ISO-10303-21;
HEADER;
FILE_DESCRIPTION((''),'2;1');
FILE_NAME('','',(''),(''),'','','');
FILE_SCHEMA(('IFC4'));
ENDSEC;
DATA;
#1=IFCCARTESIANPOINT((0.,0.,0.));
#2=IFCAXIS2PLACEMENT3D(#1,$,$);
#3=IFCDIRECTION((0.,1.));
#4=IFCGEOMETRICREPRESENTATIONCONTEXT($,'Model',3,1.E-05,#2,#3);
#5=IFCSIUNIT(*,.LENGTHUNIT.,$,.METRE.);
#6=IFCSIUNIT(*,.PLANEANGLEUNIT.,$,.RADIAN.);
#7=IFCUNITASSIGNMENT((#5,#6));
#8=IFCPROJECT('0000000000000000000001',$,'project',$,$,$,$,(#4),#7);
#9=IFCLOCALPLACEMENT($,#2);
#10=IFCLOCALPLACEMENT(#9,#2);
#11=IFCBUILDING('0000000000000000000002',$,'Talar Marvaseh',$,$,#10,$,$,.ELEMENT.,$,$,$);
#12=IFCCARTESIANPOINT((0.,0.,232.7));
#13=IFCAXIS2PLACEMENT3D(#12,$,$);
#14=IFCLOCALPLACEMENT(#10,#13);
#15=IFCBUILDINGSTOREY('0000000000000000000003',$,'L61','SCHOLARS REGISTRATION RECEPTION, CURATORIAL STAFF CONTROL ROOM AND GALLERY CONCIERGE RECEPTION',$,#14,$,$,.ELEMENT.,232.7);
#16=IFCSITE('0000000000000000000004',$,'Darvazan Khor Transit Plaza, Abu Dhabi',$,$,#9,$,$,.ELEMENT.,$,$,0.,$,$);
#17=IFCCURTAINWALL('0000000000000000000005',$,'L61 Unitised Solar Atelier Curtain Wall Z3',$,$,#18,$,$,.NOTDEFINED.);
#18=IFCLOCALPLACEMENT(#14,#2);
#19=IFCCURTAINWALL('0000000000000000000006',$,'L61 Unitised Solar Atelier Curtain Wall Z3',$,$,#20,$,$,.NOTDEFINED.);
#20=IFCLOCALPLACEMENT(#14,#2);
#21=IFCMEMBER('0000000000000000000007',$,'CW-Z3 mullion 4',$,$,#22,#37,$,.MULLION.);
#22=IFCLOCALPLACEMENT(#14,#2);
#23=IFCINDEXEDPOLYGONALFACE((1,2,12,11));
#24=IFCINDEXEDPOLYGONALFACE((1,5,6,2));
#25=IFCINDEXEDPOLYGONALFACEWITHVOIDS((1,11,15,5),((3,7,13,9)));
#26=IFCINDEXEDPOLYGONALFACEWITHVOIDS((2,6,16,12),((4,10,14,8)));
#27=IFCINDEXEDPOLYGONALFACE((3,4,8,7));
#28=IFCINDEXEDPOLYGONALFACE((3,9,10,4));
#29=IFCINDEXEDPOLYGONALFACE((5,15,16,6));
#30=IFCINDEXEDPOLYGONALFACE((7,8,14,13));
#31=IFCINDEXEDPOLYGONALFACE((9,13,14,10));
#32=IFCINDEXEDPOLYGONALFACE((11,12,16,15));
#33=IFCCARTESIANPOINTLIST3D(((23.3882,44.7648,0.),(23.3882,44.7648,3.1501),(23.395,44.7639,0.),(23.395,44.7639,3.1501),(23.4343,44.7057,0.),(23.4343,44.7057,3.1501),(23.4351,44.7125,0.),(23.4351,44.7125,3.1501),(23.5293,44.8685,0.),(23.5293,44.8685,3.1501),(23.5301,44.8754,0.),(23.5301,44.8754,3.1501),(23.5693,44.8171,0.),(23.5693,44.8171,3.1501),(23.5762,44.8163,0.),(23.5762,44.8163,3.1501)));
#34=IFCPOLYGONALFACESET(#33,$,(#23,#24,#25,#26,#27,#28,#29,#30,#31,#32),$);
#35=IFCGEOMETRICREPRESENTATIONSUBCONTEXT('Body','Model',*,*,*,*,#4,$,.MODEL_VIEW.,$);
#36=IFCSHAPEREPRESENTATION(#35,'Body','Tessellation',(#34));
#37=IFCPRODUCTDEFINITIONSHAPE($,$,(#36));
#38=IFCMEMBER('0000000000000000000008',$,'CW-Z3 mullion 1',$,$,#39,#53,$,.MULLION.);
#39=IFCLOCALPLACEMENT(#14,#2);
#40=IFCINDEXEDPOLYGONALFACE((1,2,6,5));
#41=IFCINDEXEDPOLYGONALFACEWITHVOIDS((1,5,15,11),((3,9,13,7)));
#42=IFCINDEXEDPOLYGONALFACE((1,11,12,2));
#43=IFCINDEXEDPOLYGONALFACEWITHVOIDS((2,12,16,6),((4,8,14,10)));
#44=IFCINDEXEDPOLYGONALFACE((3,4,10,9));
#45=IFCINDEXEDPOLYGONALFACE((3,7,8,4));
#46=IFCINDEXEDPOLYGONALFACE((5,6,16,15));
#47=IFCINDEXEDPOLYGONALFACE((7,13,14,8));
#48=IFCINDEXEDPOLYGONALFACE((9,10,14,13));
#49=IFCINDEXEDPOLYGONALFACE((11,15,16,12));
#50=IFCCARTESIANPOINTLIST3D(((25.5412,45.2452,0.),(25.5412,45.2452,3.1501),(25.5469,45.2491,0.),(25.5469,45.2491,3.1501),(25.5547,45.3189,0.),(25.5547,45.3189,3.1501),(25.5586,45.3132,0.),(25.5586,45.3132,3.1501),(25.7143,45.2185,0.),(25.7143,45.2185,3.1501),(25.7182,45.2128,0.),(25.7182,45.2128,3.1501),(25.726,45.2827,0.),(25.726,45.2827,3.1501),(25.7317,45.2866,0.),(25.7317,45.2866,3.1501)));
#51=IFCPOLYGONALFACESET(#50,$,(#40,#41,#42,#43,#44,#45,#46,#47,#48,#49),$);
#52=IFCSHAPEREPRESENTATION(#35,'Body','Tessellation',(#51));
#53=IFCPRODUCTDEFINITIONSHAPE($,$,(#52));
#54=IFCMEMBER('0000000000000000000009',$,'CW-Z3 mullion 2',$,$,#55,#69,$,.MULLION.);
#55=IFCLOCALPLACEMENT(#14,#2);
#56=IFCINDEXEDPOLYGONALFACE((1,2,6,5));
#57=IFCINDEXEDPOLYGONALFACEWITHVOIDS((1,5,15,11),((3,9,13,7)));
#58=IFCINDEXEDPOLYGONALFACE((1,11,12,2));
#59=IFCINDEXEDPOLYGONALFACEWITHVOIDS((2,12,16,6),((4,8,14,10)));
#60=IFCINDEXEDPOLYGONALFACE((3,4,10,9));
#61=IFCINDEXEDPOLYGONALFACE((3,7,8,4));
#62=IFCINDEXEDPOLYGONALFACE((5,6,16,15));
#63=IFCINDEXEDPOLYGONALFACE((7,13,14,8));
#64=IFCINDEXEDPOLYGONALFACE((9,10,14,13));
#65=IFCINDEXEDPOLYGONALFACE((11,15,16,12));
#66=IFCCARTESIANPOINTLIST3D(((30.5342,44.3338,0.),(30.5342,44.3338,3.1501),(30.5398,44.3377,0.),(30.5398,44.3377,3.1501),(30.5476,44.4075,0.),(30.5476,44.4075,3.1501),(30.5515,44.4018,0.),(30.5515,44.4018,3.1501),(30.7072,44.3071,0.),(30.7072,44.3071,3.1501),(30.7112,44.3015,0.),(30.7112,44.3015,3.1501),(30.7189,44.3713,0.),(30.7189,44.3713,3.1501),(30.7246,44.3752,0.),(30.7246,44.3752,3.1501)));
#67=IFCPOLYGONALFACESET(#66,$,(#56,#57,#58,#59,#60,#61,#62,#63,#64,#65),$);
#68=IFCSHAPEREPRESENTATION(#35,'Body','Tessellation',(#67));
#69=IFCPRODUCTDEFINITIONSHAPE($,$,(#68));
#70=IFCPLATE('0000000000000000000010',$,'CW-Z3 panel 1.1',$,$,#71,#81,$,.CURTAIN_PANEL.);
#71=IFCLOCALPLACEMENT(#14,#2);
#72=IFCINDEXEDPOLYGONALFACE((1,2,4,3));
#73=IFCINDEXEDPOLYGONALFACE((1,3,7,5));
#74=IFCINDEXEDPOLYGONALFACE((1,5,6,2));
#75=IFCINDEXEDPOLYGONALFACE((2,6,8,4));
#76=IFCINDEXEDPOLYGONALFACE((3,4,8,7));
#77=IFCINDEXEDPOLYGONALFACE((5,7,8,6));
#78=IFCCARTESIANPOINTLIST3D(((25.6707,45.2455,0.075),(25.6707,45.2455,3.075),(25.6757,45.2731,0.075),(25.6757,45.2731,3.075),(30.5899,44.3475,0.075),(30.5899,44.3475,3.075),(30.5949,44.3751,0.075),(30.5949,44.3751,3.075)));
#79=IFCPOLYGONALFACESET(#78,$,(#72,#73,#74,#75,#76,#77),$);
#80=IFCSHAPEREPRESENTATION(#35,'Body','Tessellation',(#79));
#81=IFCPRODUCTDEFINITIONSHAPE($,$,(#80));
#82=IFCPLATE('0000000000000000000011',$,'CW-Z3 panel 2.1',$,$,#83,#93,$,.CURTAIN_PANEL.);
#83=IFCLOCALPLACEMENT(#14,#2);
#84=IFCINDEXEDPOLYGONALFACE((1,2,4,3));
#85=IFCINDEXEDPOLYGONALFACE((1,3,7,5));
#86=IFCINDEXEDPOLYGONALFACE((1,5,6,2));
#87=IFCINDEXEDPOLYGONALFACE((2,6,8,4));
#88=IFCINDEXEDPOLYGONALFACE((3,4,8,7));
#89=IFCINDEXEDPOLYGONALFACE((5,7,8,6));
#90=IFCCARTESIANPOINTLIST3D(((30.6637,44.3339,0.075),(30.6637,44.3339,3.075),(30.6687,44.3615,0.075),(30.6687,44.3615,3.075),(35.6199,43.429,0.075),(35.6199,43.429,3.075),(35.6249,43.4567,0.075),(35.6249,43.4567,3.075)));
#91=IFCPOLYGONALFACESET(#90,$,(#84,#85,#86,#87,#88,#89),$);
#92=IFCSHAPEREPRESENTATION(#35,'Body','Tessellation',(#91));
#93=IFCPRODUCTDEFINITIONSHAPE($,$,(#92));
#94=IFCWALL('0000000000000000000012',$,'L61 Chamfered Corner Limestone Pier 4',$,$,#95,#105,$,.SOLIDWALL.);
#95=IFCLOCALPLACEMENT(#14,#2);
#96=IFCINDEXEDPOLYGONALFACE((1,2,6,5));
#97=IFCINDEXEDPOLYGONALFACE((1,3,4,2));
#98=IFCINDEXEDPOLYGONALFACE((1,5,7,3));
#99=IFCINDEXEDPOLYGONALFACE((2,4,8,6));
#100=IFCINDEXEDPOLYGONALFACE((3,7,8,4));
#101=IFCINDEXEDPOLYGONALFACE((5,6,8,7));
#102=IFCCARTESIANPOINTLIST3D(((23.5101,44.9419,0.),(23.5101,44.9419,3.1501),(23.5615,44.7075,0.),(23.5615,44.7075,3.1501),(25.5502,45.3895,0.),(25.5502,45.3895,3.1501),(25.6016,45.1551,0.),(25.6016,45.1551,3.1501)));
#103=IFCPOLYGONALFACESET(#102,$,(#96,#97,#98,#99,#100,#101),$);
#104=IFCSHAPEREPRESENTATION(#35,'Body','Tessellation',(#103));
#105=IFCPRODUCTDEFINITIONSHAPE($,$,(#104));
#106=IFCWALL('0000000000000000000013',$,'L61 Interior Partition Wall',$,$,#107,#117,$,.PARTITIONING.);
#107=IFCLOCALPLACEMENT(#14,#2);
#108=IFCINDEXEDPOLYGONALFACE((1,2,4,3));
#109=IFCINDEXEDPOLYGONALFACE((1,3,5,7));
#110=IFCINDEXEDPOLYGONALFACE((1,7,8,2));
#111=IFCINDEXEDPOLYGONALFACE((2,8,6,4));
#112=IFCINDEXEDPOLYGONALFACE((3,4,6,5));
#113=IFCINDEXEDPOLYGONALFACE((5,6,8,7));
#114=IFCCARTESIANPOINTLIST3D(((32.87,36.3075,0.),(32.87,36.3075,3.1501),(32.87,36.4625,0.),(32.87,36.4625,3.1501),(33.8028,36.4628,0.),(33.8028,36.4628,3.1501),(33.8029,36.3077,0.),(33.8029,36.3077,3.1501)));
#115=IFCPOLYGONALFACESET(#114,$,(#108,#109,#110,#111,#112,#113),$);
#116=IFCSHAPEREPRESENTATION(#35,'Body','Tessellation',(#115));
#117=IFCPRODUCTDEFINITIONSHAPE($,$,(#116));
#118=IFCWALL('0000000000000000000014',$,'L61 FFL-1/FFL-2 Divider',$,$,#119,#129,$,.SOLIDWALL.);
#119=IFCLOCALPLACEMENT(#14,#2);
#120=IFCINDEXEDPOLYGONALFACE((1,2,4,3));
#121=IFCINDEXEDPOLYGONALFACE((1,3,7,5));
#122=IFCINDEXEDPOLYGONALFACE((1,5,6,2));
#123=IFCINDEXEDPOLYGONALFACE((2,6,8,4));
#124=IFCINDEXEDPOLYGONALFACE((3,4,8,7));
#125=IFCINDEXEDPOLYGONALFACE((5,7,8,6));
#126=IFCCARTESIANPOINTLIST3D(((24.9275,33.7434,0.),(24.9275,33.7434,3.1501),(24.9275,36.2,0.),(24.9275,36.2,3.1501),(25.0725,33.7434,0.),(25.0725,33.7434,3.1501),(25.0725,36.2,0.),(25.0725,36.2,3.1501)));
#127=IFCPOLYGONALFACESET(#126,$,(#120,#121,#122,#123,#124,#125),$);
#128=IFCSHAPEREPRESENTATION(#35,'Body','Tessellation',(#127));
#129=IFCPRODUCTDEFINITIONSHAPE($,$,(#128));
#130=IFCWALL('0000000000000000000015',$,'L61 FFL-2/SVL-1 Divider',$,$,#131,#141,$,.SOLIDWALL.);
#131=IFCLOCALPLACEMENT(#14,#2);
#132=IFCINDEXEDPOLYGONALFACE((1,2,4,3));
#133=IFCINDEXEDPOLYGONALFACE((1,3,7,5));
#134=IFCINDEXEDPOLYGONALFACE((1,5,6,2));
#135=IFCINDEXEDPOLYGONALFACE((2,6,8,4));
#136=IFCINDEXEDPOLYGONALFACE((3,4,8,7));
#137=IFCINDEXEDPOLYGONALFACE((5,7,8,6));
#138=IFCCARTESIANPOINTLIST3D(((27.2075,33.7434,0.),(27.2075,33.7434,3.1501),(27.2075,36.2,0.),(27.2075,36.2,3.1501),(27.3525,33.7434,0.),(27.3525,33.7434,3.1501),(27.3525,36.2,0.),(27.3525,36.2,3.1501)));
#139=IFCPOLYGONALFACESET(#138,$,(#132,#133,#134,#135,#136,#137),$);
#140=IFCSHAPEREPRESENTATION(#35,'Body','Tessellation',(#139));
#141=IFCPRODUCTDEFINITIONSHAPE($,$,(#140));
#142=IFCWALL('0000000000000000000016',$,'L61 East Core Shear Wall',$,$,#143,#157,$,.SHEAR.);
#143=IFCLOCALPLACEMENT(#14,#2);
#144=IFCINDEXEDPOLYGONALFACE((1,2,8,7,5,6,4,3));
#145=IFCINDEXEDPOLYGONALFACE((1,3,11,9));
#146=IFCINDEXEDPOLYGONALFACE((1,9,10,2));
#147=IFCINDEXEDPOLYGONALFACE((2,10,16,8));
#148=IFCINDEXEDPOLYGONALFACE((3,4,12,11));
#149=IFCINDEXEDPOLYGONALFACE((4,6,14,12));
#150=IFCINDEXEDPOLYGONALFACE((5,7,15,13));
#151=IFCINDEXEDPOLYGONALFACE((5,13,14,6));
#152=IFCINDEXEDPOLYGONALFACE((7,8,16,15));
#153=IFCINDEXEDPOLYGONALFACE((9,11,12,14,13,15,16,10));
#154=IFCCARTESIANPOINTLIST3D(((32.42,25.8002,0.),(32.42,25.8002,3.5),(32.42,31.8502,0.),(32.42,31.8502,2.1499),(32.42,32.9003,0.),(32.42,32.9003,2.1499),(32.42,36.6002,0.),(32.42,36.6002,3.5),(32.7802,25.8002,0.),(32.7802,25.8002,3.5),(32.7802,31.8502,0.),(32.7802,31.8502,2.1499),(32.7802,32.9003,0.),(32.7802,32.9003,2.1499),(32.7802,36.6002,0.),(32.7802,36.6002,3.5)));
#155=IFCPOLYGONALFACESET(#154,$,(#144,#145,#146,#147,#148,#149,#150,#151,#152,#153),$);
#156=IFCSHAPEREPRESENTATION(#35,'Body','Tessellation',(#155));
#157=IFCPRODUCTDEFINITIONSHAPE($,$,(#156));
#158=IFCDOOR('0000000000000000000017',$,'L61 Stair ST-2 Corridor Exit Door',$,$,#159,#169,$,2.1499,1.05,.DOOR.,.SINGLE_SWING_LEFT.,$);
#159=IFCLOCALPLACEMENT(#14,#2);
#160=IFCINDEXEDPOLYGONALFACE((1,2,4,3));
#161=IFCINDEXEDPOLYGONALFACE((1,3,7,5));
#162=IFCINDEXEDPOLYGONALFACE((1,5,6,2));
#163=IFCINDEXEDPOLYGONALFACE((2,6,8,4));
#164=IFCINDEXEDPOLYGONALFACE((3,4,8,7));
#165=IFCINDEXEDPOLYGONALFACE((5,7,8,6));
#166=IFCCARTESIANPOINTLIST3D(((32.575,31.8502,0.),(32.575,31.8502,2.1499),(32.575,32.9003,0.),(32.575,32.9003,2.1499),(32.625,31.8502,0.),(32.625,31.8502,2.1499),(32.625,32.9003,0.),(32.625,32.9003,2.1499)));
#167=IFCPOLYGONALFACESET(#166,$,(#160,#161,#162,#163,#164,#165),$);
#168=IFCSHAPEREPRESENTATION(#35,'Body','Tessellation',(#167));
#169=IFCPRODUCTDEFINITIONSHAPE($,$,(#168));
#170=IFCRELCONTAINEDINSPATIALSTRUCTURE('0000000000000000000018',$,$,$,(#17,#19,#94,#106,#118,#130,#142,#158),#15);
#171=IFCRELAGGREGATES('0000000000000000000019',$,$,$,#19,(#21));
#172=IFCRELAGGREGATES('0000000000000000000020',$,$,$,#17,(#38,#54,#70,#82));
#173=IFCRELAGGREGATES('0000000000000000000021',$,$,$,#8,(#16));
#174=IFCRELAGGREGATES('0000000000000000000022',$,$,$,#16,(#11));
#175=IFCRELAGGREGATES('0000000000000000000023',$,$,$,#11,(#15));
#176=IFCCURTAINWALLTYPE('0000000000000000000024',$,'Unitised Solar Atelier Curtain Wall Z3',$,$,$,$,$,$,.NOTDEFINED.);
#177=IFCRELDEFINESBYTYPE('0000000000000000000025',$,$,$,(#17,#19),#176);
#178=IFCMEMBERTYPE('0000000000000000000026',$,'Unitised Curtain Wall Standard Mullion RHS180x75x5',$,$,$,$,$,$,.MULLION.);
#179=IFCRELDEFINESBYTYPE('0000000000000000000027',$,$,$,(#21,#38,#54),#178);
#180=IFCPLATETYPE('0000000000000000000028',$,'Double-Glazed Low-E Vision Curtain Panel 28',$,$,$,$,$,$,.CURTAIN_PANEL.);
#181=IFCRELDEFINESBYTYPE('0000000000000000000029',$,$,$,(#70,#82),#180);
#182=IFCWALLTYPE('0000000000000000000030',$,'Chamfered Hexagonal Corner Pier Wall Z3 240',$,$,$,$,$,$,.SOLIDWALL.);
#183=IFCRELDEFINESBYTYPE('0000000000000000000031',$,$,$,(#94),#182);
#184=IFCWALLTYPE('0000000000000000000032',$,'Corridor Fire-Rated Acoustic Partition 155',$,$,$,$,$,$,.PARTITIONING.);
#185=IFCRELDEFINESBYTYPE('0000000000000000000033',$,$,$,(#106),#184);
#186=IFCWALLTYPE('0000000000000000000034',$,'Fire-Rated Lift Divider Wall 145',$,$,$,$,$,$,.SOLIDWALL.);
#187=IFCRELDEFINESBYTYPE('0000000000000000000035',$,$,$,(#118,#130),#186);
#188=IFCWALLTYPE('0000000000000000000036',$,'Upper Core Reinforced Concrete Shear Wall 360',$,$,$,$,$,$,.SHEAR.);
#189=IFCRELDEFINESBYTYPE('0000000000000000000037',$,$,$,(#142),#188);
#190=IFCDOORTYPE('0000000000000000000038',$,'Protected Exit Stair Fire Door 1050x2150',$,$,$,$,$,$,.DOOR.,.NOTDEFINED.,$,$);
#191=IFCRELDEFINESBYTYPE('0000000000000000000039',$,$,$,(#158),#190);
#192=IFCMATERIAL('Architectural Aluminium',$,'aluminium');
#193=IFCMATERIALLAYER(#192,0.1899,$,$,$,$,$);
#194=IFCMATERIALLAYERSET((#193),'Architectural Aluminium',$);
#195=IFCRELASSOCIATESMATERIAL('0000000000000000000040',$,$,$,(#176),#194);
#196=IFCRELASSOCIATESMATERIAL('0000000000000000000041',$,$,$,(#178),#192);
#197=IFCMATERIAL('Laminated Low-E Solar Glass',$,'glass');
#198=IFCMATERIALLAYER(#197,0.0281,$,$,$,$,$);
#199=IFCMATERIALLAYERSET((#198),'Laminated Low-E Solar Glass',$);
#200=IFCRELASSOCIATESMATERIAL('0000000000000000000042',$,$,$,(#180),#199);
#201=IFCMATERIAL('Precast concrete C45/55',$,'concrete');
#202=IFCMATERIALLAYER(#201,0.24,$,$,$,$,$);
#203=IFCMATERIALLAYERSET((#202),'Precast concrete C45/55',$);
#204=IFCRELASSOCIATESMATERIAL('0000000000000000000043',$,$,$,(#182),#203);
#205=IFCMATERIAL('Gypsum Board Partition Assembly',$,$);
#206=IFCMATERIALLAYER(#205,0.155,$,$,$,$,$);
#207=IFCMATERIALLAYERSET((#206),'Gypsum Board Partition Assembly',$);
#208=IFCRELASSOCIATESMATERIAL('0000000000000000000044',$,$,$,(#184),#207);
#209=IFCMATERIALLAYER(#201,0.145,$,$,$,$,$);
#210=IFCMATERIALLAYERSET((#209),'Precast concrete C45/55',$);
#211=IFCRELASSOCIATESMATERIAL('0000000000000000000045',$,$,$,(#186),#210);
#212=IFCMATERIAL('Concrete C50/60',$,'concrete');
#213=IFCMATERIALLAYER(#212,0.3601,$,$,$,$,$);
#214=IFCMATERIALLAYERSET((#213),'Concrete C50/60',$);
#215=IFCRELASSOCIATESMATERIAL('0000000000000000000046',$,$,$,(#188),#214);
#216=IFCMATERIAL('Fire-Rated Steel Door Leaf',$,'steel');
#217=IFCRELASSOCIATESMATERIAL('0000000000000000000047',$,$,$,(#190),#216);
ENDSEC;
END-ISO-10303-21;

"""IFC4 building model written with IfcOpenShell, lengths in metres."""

from ifc_helpers import new_model, si_unit, direction, frame, frame_2d, origin, origin_2d, place, context, subcontext, project, spatial, rectangle, hollow_rectangle, extrude, source, transform, mapped, material, layer, layer_set, material_profile, profile_set, type_object, type_shapes, element, fill, aggregate, save


model = new_model("IFC4")

# Units and contexts
model_context = context("Model", 3, precision=1e-05, world=origin(), true_north=direction((0.0, 1.0)))
body_context = subcontext(model_context, "Body", "Model", "MODEL_VIEW")
ifc_project = project(units=[si_unit("LENGTHUNIT", "METRE"), si_unit("PLANEANGLEUNIT", "RADIAN")], contexts=[model_context])

# Site, building, storey
site_placement = place(None, origin())
site = spatial("IfcSite", under=ifc_project, at=site_placement, Name="Darvazan Khor Transit Plaza, Abu Dhabi", CompositionType="ELEMENT", RefElevation=0.0)
building_placement = place(site_placement, origin())
building = spatial("IfcBuilding", under=site, at=building_placement, Name="Talar Marvaseh", CompositionType="ELEMENT")
storey_placement = place(building_placement, frame((0.0, 0.0, 232.7)))
storey = spatial("IfcBuildingStorey", under=building, at=storey_placement, Name="L61", Description="SCHOLARS REGISTRATION RECEPTION, CURATORIAL STAFF CONTROL ROOM AND GALLERY CONCIERGE RECEPTION", CompositionType="ELEMENT", Elevation=232.7)

# Curtain wall
ifc_material_1 = material(Name="Architectural Aluminium", Category="aluminium")
ifc_layer_1 = layer(ifc_material_1, 0.1899)
ifc_layer_set_1 = layer_set([ifc_layer_1], Name="Architectural Aluminium")
curtain_wall_type = type_object("IfcCurtainWallType", Name="Unitised Solar Atelier Curtain Wall Z3", PredefinedType="NOTDEFINED", material=ifc_layer_set_1)
curtain_wall_1_placement = place(storey_placement, origin())
curtain_wall_1 = element("IfcCurtainWall", 1, at=curtain_wall_1_placement, inside=storey, type_object=curtain_wall_type, Name="L61 Unitised Solar Atelier Curtain Wall Z3", PredefinedType="NOTDEFINED")

# Curtain wall, member
curtain_wall_2_placement = place(storey_placement, origin())
curtain_wall_2 = element("IfcCurtainWall", 2, at=curtain_wall_2_placement, inside=storey, type_object=curtain_wall_type, Name="L61 Unitised Solar Atelier Curtain Wall Z3", PredefinedType="NOTDEFINED")
ifc_material_profile_1 = material_profile(ifc_material_1, hollow_rectangle(XDim=0.075, YDim=0.1799, WallThickness=0.0049, at=origin_2d()), Name="RHS180x75x5")
ifc_profile_set_1 = profile_set([ifc_material_profile_1], Name="Architectural Aluminium")
member_type_1 = type_object("IfcMemberType", Name="Unitised Curtain Wall Standard Mullion RHS180x75x5", PredefinedType="MULLION", material=ifc_profile_set_1)
shared_shape_1 = source(origin(), body_context, "Body", "SweptSolid", [
    extrude(hollow_rectangle(XDim=0.075, YDim=0.1799, WallThickness=0.0049, at=origin_2d()), origin(), (0.0, 0.0, 1.0), 3.1501),
])
type_shapes(member_type_1, [shared_shape_1])
member_1_placement = place(storey_placement, frame((23.4822, 44.7905, 0.0), z_axis=(0.0, 0.0, 1.0), x_axis=(-0.614731, 0.788737, 0.0)))
member_1 = element("IfcMember", 3, at=member_1_placement, type_object=member_type_1, Name="CW-Z3 mullion 4", PredefinedType="MULLION", context=body_context, shape_type="MappedRepresentation", body=[
    mapped(shared_shape_1, transform((0.0, 0.0, 0.0), x_axis=(1.0, 0.0, 0.0), y_axis=(0.0, 1.0, 0.0), z_axis=(0.0, 0.0, 1.0), scale=1.0)),
])
aggregate(curtain_wall_2, [member_1])

# Members
member_2_placement = place(storey_placement, frame((25.6365, 45.2659, 0.0), z_axis=(0.0, 0.0, 1.0), x_axis=(0.179594, 0.983741, 0.0)))
member_2 = element("IfcMember", 4, at=member_2_placement, type_object=member_type_1, Name="CW-Z3 mullion 1", PredefinedType="MULLION", context=body_context, shape_type="MappedRepresentation", body=[
    mapped(shared_shape_1, transform((0.0, 0.0, 0.0), x_axis=(1.0, 0.0, 0.0), y_axis=(0.0, 1.0, 0.0), z_axis=(0.0, 0.0, 1.0), scale=1.0)),
])
member_3_placement = place(storey_placement, frame((30.6294, 44.3545, 0.0), z_axis=(0.0, 0.0, 1.0), x_axis=(0.179594, 0.983741, 0.0)))
member_3 = element("IfcMember", 5, at=member_3_placement, type_object=member_type_1, Name="CW-Z3 mullion 2", PredefinedType="MULLION", context=body_context, shape_type="MappedRepresentation", body=[
    mapped(shared_shape_1, transform((0.0, 0.0, 0.0), x_axis=(1.0, 0.0, 0.0), y_axis=(0.0, 1.0, 0.0), z_axis=(0.0, 0.0, 1.0), scale=1.0)),
])

# Plates
ifc_material_2 = material(Name="Laminated Low-E Solar Glass", Category="glass")
ifc_layer_2 = layer(ifc_material_2, 0.0281)
ifc_layer_set_2 = layer_set([ifc_layer_2], Name="Laminated Low-E Solar Glass")
plate_type = type_object("IfcPlateType", Name="Double-Glazed Low-E Vision Curtain Panel 28", PredefinedType="CURTAIN_PANEL", material=ifc_layer_set_2)
shared_shape_2 = source(origin(), body_context, "Body", "SweptSolid", [
    extrude(rectangle(XDim=5.0005, YDim=0.0281, at=origin_2d()), origin(), (0.0, 0.0, 1.0), 3.0),
])
plate_1_placement = place(storey_placement, frame((28.1328, 44.8103, 0.075), z_axis=(0.0, 0.0, 1.0), x_axis=(0.983741, -0.179594, 0.0)))
plate_1 = element("IfcPlate", 6, at=plate_1_placement, type_object=plate_type, Name="CW-Z3 panel 1.1", PredefinedType="CURTAIN_PANEL", context=body_context, shape_type="MappedRepresentation", body=[
    mapped(shared_shape_2, transform((0.0, 0.0, 0.0), x_axis=(1.0, 0.0, 0.0), y_axis=(0.0, 1.0, 0.0), z_axis=(0.0, 0.0, 1.0), scale=1.0)),
])
shared_shape_3 = source(origin(), body_context, "Body", "SweptSolid", [
    extrude(rectangle(XDim=5.0381, YDim=0.0281, at=origin_2d()), origin(), (0.0, 0.0, 1.0), 3.0),
])
type_shapes(plate_type, [shared_shape_2, shared_shape_3])
plate_2_placement = place(storey_placement, frame((33.1443, 43.8953, 0.075), z_axis=(0.0, 0.0, 1.0), x_axis=(0.983741, -0.179594, 0.0)))
plate_2 = element("IfcPlate", 7, at=plate_2_placement, type_object=plate_type, Name="CW-Z3 panel 2.1", PredefinedType="CURTAIN_PANEL", context=body_context, shape_type="MappedRepresentation", body=[
    mapped(shared_shape_3, transform((0.0, 0.0, 0.0), x_axis=(1.0, 0.0, 0.0), y_axis=(0.0, 1.0, 0.0), z_axis=(0.0, 0.0, 1.0), scale=1.0)),
])
aggregate(curtain_wall_1, [member_2, member_3, plate_1, plate_2])

# Walls
ifc_material_3 = material(Name="Precast concrete C45/55", Category="concrete")
ifc_layer_3 = layer(ifc_material_3, 0.24)
ifc_layer_set_3 = layer_set([ifc_layer_3], Name="Precast concrete C45/55")
wall_type_1 = type_object("IfcWallType", Name="Chamfered Hexagonal Corner Pier Wall Z3 240", PredefinedType="SOLIDWALL", material=ifc_layer_set_3)
wall_1_placement = place(storey_placement, frame((23.5356, 44.8247, 0.0), z_axis=(0.0, 0.0, 1.0), x_axis=(0.976775, 0.214269, 0.0)))
element("IfcWall", 8, at=wall_1_placement, inside=storey, type_object=wall_type_1, Name="L61 Chamfered Corner Limestone Pier 4", PredefinedType="SOLIDWALL", context=body_context, shape_type="SweptSolid", body=[
    extrude(rectangle(XDim=2.0886, YDim=0.24, at=frame_2d((1.0444, 0.0))), origin(), (0.0, 0.0, 1.0), 3.1501),
])
ifc_material_4 = material(Name="Gypsum Board Partition Assembly")
ifc_layer_4 = layer(ifc_material_4, 0.155)
ifc_layer_set_4 = layer_set([ifc_layer_4], Name="Gypsum Board Partition Assembly")
wall_type_2 = type_object("IfcWallType", Name="Corridor Fire-Rated Acoustic Partition 155", PredefinedType="PARTITIONING", material=ifc_layer_set_4)
wall_2_placement = place(storey_placement, frame((32.8701, 36.385, 0.0), z_axis=(0.0, 0.0, 1.0), x_axis=(1.0, 0.000262, 0.0)))
element("IfcWall", 9, at=wall_2_placement, inside=storey, type_object=wall_type_2, Name="L61 Interior Partition Wall", PredefinedType="PARTITIONING", context=body_context, shape_type="SweptSolid", body=[
    extrude(rectangle(XDim=0.9329, YDim=0.155, at=frame_2d((0.4663, 0.0))), origin(), (0.0, 0.0, 1.0), 3.1501),
])
ifc_layer_5 = layer(ifc_material_3, 0.145)
ifc_layer_set_5 = layer_set([ifc_layer_5], Name="Precast concrete C45/55")
wall_type_3 = type_object("IfcWallType", Name="Fire-Rated Lift Divider Wall 145", PredefinedType="SOLIDWALL", material=ifc_layer_set_5)
for number, where, z_axis, x_axis, name in (
    (10, (25.0, 33.7434, 0.0), (0.0, 0.0, 1.0), (0.0, 1.0, 0.0), "L61 FFL-1/FFL-2 Divider"),
    (11, (27.28, 33.7434, 0.0), (0.0, 0.0, 1.0), (0.0, 1.0, 0.0), "L61 FFL-2/SVL-1 Divider"),
):
    element("IfcWall", number, at=place(storey_placement, frame(where, z_axis=z_axis, x_axis=x_axis)), inside=storey, type_object=wall_type_3, Name=name, PredefinedType="SOLIDWALL", context=body_context, shape_type="SweptSolid", body=[
        extrude(rectangle(XDim=2.4565, YDim=0.145, at=frame_2d((1.2283, 0.0))), origin(), (0.0, 0.0, 1.0), 3.1501),
    ])

# Wall, opening, door
ifc_material_5 = material(Name="Concrete C50/60", Category="concrete")
ifc_layer_6 = layer(ifc_material_5, 0.3601)
ifc_layer_set_6 = layer_set([ifc_layer_6], Name="Concrete C50/60")
wall_type_4 = type_object("IfcWallType", Name="Upper Core Reinforced Concrete Shear Wall 360", PredefinedType="SHEAR", material=ifc_layer_set_6)
wall_3_placement = place(storey_placement, frame((32.6001, 36.6001, 0.0), z_axis=(0.0, 0.0, 1.0), x_axis=(0.0, -1.0, 0.0)))
wall_3 = element("IfcWall", 12, at=wall_3_placement, inside=storey, type_object=wall_type_4, Name="L61 East Core Shear Wall", PredefinedType="SHEAR", context=body_context, shape_type="SweptSolid", body=[
    extrude(rectangle(XDim=10.8, YDim=0.3601, at=frame_2d((5.3999, 0.0))), origin(), (0.0, 0.0, 1.0), 3.5),
])
opening_placement = place(wall_3_placement, frame((3.7, 0.0, 0.0)))
opening = element("IfcOpeningElement", 13, at=opening_placement, cuts=wall_3, PredefinedType="OPENING", context=body_context, shape_type="SweptSolid", body=[
    extrude(rectangle(XDim=1.05, YDim=2.1499, at=frame_2d((0.5249, 1.075))), frame((0.0, 0.1899, 0.0), z_axis=(0.0, -1.0, 0.0), x_axis=(1.0, 0.0, 0.0)), (0.0, 0.0, 1.0), 0.3801),
])
ifc_material_6 = material(Name="Fire-Rated Steel Door Leaf", Category="steel")
door_type = type_object("IfcDoorType", Name="Protected Exit Stair Fire Door 1050x2150", OperationType="NOTDEFINED", PredefinedType="DOOR", material=ifc_material_6)
shared_shape_4 = source(origin(), body_context, "Body", "SweptSolid", [
    extrude(rectangle(XDim=1.05, YDim=2.1499, at=frame_2d((0.5249, 1.075))), frame((0.0, 0.0249, 0.0), z_axis=(0.0, -1.0, 0.0), x_axis=(1.0, 0.0, 0.0)), (0.0, 0.0, 1.0), 0.05),
])
type_shapes(door_type, [shared_shape_4])
door_placement = place(opening_placement, origin())
door = element("IfcDoor", 14, at=door_placement, inside=storey, type_object=door_type, Name="L61 Stair ST-2 Corridor Exit Door", OperationType="SINGLE_SWING_LEFT", OverallHeight=2.1499, OverallWidth=1.05, PredefinedType="DOOR", context=body_context, shape_type="MappedRepresentation", body=[
    mapped(shared_shape_4, transform((0.0, 0.0, 0.0), x_axis=(1.0, 0.0, 0.0), y_axis=(0.0, 1.0, 0.0), z_axis=(0.0, 0.0, 1.0), scale=1.0)),
])
fill(opening, door)

save(model, "model.ifc")
